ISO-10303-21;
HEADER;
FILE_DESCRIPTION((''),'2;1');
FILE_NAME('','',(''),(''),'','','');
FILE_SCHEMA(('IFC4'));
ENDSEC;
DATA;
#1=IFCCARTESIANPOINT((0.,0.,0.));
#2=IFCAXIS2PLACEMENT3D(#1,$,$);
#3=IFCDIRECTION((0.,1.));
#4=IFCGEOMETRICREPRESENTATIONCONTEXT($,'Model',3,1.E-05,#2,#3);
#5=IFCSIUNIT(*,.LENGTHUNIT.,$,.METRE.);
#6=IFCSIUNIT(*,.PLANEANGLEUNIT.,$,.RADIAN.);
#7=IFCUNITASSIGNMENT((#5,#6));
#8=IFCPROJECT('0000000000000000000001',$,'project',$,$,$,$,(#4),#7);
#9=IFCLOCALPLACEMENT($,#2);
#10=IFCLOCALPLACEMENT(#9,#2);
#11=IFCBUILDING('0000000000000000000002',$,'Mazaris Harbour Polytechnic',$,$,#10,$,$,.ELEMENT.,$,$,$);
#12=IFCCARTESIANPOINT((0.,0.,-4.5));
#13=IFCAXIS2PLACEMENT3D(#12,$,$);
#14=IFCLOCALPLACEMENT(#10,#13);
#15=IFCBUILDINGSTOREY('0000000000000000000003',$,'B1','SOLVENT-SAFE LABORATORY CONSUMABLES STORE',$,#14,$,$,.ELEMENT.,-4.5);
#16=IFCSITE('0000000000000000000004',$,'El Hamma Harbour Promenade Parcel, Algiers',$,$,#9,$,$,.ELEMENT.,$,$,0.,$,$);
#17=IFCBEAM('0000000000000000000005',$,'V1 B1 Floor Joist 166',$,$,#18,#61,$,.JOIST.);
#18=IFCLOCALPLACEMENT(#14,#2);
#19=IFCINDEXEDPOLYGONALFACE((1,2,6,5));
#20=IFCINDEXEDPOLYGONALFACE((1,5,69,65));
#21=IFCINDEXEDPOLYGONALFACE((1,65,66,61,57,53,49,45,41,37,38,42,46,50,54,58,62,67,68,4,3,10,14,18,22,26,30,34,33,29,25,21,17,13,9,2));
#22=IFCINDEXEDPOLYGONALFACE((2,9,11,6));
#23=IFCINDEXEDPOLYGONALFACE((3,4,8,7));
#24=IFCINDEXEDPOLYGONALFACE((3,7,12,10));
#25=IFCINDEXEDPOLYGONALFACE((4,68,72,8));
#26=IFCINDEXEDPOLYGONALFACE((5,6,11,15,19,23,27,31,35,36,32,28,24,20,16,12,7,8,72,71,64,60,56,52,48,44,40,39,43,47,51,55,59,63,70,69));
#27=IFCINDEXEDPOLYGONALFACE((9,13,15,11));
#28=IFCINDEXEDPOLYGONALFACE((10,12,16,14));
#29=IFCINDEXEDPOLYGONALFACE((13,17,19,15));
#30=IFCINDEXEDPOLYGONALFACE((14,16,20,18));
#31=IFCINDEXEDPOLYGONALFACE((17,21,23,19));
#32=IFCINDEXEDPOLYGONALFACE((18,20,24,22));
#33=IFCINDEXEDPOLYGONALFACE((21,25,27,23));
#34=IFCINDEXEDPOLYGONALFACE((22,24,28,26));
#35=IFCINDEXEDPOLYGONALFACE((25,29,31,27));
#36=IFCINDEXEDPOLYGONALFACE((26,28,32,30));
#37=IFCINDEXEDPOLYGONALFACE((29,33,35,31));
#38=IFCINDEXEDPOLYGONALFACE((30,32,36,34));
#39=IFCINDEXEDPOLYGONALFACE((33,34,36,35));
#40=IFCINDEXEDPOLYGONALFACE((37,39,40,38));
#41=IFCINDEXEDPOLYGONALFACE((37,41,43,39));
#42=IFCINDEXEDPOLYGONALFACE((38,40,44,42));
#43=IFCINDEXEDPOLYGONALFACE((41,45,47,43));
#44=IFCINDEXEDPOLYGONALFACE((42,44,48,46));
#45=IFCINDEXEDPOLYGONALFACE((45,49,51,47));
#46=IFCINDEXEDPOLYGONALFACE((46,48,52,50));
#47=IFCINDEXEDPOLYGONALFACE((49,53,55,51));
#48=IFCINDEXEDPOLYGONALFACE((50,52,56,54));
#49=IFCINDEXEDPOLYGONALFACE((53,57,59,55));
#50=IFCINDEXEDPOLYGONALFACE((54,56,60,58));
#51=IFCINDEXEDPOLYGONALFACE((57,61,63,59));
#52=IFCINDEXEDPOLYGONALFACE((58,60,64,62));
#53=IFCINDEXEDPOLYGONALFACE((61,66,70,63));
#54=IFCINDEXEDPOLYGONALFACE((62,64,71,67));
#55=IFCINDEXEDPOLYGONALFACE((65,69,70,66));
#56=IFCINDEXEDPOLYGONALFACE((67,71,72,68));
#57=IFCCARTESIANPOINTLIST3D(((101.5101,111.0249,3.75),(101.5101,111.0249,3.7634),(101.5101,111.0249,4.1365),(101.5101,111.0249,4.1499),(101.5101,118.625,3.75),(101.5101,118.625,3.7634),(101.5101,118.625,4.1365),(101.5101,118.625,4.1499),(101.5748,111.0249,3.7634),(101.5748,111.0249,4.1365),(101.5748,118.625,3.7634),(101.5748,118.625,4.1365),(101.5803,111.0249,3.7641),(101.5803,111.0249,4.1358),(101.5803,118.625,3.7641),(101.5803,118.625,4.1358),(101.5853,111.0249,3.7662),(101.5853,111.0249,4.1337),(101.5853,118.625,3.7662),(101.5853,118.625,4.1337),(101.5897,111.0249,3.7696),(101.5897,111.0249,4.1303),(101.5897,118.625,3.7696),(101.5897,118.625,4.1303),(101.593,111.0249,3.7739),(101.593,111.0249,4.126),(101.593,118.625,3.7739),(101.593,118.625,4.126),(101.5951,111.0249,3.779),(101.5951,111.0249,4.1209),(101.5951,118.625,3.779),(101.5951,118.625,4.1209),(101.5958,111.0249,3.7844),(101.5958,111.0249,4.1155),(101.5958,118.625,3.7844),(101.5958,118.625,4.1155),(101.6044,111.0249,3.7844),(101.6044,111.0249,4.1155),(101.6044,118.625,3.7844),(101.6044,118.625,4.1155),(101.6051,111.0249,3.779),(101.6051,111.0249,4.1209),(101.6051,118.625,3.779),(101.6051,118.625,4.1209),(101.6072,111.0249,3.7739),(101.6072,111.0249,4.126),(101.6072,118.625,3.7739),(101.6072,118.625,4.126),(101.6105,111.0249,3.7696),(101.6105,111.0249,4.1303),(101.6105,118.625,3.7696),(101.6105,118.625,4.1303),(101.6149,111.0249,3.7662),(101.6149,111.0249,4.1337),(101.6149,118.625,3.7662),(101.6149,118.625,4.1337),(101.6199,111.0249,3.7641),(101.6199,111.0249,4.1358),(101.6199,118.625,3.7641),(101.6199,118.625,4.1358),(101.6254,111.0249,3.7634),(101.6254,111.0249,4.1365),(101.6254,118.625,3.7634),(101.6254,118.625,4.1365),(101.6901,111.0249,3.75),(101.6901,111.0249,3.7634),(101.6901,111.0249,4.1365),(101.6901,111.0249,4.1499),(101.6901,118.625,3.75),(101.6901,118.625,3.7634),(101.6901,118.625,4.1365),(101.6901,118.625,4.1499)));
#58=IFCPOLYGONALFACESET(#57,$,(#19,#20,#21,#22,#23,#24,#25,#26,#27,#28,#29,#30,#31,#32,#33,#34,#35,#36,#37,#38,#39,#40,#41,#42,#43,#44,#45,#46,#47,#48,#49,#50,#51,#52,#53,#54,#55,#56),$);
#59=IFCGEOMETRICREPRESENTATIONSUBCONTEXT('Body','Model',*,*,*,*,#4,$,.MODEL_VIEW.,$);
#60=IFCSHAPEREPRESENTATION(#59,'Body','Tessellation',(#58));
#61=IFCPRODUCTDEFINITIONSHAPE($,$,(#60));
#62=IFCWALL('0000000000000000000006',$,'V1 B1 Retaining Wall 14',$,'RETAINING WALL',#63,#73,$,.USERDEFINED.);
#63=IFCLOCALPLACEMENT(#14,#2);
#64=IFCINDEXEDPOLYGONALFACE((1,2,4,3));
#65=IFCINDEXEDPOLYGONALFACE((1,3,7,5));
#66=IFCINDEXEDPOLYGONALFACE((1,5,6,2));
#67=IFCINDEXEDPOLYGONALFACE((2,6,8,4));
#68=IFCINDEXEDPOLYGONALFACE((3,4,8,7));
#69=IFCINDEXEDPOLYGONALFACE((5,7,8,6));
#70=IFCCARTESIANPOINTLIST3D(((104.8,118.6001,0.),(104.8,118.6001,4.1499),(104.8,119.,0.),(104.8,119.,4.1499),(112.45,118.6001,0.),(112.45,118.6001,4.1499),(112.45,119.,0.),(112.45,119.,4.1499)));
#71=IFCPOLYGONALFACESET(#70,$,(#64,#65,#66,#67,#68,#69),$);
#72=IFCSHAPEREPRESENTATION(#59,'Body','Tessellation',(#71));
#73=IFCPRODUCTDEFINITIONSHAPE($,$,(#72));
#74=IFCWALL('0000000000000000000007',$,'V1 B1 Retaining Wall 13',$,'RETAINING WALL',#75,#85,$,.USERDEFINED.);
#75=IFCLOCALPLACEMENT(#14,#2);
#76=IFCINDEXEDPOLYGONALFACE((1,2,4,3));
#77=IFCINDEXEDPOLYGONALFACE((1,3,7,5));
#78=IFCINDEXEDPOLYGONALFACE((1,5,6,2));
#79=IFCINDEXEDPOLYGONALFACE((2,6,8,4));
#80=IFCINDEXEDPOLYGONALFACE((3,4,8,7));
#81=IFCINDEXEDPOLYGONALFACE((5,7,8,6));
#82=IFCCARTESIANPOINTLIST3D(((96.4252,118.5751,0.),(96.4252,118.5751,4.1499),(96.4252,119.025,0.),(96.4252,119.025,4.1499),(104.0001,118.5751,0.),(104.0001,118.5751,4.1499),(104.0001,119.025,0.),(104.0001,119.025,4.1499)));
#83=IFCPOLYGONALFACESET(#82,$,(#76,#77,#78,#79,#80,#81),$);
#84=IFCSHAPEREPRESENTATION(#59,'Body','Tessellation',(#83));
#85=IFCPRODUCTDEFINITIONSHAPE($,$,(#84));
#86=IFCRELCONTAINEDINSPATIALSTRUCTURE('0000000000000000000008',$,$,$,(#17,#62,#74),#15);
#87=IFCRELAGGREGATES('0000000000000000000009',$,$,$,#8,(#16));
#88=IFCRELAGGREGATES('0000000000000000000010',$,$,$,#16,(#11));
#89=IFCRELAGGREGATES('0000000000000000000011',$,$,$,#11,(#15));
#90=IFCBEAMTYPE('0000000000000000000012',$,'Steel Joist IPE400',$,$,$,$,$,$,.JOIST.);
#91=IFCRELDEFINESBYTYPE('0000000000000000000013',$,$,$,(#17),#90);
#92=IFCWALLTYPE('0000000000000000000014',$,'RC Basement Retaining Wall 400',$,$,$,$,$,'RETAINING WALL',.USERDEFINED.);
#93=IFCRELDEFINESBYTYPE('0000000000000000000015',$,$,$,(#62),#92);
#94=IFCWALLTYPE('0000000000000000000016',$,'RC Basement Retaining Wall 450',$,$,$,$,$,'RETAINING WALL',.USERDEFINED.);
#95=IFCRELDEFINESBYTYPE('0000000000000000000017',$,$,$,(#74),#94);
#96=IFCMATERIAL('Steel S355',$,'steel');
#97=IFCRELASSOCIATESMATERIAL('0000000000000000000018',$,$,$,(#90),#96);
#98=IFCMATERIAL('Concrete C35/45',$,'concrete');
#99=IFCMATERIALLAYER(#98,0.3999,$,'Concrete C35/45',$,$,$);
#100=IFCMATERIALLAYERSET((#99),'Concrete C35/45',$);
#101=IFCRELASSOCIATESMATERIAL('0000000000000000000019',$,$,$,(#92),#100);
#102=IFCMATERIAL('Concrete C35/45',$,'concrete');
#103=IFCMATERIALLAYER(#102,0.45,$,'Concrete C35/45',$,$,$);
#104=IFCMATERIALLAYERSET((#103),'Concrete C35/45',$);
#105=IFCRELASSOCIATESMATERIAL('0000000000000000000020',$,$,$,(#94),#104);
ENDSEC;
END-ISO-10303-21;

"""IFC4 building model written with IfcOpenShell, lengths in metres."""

from ifc_helpers import new_model, si_unit, direction, frame, frame_2d, origin, origin_2d, place, context, subcontext, project, spatial, rectangle, i_section, extrude, material, layer, layer_set, material_profile, profile_set, type_object, element, save


model = new_model("IFC4")

# Units and contexts
model_context = context("Model", 3, precision=1e-05, world=origin(), true_north=direction((0.0, 1.0)))
body_context = subcontext(model_context, "Body", "Model", "MODEL_VIEW")
ifc_project = project(units=[si_unit("LENGTHUNIT", "METRE"), si_unit("PLANEANGLEUNIT", "RADIAN")], contexts=[model_context])

# Site, building, storey
site_placement = place(None, origin())
site = spatial("IfcSite", under=ifc_project, at=site_placement, Name="El Hamma Harbour Promenade Parcel, Algiers", CompositionType="ELEMENT", RefElevation=0.0)
building_placement = place(site_placement, origin())
building = spatial("IfcBuilding", under=site, at=building_placement, Name="Mazaris Harbour Polytechnic", CompositionType="ELEMENT")
storey_placement = place(building_placement, frame((0.0, 0.0, -4.5)))
storey = spatial("IfcBuildingStorey", under=building, at=storey_placement, Name="B1", Description="SOLVENT-SAFE LABORATORY CONSUMABLES STORE", CompositionType="ELEMENT", Elevation=-4.5)

# Beam
ifc_material_1 = material(Name="Steel S355", Category="steel")
ifc_material_profile_1 = material_profile(ifc_material_1, i_section(OverallWidth=0.1799, OverallDepth=0.3999, WebThickness=0.0085, FlangeThickness=0.0134, FilletRadius=0.021, at=origin_2d()), Name="IPE 400")
ifc_profile_set_1 = profile_set([ifc_material_profile_1], Name="Steel S355")
beam_type_1 = type_object("IfcBeamType", Name="Steel Joist IPE400", PredefinedType="JOIST", material=ifc_profile_set_1)
beam_1_placement = place(storey_placement, frame((101.6001, 111.0249, 3.95), z_axis=(0.0, 1.0, 0.0), x_axis=(-1.0, 0.0, 0.0)))
element("IfcBeam", 1, at=beam_1_placement, inside=storey, type_object=beam_type_1, Name="V1 B1 Floor Joist 166", PredefinedType="JOIST", context=body_context, shape_type="SweptSolid", body=[
    extrude(i_section(OverallWidth=0.1799, OverallDepth=0.3999, WebThickness=0.0085, FlangeThickness=0.0134, FilletRadius=0.021, at=origin_2d()), origin(), (0.0, 0.0, 1.0), 7.6001),
])

# Walls
ifc_material_2 = material(Name="Concrete C35/45", Category="concrete")
ifc_layer_1 = layer(ifc_material_2, 0.3999, Name="Concrete C35/45")
ifc_layer_set_1 = layer_set([ifc_layer_1], Name="Concrete C35/45")
wall_type_1 = type_object("IfcWallType", Name="RC Basement Retaining Wall 400", ElementType="RETAINING WALL", PredefinedType="USERDEFINED", material=ifc_layer_set_1)
wall_1_placement = place(storey_placement, frame((104.8, 118.8, 0.0), z_axis=(0.0, 0.0, 1.0), x_axis=(1.0, 0.0, 0.0)))
element("IfcWall", 2, at=wall_1_placement, inside=storey, type_object=wall_type_1, Name="V1 B1 Retaining Wall 14", ObjectType="RETAINING WALL", PredefinedType="USERDEFINED", context=body_context, shape_type="SweptSolid", body=[
    extrude(rectangle(XDim=7.6499, YDim=0.3999, at=frame_2d((3.825, 0.0))), origin(), (0.0, 0.0, 1.0), 4.1499),
])
ifc_material_3 = material(Name="Concrete C35/45", Category="concrete")
ifc_layer_2 = layer(ifc_material_3, 0.45, Name="Concrete C35/45")
ifc_layer_set_2 = layer_set([ifc_layer_2], Name="Concrete C35/45")
wall_type_2 = type_object("IfcWallType", Name="RC Basement Retaining Wall 450", ElementType="RETAINING WALL", PredefinedType="USERDEFINED", material=ifc_layer_set_2)
wall_2_placement = place(storey_placement, frame((96.425, 118.8, 0.0), z_axis=(0.0, 0.0, 1.0), x_axis=(1.0, 0.0, 0.0)))
element("IfcWall", 3, at=wall_2_placement, inside=storey, type_object=wall_type_2, Name="V1 B1 Retaining Wall 13", ObjectType="RETAINING WALL", PredefinedType="USERDEFINED", context=body_context, shape_type="SweptSolid", body=[
    extrude(rectangle(XDim=7.575, YDim=0.45, at=frame_2d((3.7876, 0.0))), origin(), (0.0, 0.0, 1.0), 4.1499),
])

save(model, "model.ifc")
